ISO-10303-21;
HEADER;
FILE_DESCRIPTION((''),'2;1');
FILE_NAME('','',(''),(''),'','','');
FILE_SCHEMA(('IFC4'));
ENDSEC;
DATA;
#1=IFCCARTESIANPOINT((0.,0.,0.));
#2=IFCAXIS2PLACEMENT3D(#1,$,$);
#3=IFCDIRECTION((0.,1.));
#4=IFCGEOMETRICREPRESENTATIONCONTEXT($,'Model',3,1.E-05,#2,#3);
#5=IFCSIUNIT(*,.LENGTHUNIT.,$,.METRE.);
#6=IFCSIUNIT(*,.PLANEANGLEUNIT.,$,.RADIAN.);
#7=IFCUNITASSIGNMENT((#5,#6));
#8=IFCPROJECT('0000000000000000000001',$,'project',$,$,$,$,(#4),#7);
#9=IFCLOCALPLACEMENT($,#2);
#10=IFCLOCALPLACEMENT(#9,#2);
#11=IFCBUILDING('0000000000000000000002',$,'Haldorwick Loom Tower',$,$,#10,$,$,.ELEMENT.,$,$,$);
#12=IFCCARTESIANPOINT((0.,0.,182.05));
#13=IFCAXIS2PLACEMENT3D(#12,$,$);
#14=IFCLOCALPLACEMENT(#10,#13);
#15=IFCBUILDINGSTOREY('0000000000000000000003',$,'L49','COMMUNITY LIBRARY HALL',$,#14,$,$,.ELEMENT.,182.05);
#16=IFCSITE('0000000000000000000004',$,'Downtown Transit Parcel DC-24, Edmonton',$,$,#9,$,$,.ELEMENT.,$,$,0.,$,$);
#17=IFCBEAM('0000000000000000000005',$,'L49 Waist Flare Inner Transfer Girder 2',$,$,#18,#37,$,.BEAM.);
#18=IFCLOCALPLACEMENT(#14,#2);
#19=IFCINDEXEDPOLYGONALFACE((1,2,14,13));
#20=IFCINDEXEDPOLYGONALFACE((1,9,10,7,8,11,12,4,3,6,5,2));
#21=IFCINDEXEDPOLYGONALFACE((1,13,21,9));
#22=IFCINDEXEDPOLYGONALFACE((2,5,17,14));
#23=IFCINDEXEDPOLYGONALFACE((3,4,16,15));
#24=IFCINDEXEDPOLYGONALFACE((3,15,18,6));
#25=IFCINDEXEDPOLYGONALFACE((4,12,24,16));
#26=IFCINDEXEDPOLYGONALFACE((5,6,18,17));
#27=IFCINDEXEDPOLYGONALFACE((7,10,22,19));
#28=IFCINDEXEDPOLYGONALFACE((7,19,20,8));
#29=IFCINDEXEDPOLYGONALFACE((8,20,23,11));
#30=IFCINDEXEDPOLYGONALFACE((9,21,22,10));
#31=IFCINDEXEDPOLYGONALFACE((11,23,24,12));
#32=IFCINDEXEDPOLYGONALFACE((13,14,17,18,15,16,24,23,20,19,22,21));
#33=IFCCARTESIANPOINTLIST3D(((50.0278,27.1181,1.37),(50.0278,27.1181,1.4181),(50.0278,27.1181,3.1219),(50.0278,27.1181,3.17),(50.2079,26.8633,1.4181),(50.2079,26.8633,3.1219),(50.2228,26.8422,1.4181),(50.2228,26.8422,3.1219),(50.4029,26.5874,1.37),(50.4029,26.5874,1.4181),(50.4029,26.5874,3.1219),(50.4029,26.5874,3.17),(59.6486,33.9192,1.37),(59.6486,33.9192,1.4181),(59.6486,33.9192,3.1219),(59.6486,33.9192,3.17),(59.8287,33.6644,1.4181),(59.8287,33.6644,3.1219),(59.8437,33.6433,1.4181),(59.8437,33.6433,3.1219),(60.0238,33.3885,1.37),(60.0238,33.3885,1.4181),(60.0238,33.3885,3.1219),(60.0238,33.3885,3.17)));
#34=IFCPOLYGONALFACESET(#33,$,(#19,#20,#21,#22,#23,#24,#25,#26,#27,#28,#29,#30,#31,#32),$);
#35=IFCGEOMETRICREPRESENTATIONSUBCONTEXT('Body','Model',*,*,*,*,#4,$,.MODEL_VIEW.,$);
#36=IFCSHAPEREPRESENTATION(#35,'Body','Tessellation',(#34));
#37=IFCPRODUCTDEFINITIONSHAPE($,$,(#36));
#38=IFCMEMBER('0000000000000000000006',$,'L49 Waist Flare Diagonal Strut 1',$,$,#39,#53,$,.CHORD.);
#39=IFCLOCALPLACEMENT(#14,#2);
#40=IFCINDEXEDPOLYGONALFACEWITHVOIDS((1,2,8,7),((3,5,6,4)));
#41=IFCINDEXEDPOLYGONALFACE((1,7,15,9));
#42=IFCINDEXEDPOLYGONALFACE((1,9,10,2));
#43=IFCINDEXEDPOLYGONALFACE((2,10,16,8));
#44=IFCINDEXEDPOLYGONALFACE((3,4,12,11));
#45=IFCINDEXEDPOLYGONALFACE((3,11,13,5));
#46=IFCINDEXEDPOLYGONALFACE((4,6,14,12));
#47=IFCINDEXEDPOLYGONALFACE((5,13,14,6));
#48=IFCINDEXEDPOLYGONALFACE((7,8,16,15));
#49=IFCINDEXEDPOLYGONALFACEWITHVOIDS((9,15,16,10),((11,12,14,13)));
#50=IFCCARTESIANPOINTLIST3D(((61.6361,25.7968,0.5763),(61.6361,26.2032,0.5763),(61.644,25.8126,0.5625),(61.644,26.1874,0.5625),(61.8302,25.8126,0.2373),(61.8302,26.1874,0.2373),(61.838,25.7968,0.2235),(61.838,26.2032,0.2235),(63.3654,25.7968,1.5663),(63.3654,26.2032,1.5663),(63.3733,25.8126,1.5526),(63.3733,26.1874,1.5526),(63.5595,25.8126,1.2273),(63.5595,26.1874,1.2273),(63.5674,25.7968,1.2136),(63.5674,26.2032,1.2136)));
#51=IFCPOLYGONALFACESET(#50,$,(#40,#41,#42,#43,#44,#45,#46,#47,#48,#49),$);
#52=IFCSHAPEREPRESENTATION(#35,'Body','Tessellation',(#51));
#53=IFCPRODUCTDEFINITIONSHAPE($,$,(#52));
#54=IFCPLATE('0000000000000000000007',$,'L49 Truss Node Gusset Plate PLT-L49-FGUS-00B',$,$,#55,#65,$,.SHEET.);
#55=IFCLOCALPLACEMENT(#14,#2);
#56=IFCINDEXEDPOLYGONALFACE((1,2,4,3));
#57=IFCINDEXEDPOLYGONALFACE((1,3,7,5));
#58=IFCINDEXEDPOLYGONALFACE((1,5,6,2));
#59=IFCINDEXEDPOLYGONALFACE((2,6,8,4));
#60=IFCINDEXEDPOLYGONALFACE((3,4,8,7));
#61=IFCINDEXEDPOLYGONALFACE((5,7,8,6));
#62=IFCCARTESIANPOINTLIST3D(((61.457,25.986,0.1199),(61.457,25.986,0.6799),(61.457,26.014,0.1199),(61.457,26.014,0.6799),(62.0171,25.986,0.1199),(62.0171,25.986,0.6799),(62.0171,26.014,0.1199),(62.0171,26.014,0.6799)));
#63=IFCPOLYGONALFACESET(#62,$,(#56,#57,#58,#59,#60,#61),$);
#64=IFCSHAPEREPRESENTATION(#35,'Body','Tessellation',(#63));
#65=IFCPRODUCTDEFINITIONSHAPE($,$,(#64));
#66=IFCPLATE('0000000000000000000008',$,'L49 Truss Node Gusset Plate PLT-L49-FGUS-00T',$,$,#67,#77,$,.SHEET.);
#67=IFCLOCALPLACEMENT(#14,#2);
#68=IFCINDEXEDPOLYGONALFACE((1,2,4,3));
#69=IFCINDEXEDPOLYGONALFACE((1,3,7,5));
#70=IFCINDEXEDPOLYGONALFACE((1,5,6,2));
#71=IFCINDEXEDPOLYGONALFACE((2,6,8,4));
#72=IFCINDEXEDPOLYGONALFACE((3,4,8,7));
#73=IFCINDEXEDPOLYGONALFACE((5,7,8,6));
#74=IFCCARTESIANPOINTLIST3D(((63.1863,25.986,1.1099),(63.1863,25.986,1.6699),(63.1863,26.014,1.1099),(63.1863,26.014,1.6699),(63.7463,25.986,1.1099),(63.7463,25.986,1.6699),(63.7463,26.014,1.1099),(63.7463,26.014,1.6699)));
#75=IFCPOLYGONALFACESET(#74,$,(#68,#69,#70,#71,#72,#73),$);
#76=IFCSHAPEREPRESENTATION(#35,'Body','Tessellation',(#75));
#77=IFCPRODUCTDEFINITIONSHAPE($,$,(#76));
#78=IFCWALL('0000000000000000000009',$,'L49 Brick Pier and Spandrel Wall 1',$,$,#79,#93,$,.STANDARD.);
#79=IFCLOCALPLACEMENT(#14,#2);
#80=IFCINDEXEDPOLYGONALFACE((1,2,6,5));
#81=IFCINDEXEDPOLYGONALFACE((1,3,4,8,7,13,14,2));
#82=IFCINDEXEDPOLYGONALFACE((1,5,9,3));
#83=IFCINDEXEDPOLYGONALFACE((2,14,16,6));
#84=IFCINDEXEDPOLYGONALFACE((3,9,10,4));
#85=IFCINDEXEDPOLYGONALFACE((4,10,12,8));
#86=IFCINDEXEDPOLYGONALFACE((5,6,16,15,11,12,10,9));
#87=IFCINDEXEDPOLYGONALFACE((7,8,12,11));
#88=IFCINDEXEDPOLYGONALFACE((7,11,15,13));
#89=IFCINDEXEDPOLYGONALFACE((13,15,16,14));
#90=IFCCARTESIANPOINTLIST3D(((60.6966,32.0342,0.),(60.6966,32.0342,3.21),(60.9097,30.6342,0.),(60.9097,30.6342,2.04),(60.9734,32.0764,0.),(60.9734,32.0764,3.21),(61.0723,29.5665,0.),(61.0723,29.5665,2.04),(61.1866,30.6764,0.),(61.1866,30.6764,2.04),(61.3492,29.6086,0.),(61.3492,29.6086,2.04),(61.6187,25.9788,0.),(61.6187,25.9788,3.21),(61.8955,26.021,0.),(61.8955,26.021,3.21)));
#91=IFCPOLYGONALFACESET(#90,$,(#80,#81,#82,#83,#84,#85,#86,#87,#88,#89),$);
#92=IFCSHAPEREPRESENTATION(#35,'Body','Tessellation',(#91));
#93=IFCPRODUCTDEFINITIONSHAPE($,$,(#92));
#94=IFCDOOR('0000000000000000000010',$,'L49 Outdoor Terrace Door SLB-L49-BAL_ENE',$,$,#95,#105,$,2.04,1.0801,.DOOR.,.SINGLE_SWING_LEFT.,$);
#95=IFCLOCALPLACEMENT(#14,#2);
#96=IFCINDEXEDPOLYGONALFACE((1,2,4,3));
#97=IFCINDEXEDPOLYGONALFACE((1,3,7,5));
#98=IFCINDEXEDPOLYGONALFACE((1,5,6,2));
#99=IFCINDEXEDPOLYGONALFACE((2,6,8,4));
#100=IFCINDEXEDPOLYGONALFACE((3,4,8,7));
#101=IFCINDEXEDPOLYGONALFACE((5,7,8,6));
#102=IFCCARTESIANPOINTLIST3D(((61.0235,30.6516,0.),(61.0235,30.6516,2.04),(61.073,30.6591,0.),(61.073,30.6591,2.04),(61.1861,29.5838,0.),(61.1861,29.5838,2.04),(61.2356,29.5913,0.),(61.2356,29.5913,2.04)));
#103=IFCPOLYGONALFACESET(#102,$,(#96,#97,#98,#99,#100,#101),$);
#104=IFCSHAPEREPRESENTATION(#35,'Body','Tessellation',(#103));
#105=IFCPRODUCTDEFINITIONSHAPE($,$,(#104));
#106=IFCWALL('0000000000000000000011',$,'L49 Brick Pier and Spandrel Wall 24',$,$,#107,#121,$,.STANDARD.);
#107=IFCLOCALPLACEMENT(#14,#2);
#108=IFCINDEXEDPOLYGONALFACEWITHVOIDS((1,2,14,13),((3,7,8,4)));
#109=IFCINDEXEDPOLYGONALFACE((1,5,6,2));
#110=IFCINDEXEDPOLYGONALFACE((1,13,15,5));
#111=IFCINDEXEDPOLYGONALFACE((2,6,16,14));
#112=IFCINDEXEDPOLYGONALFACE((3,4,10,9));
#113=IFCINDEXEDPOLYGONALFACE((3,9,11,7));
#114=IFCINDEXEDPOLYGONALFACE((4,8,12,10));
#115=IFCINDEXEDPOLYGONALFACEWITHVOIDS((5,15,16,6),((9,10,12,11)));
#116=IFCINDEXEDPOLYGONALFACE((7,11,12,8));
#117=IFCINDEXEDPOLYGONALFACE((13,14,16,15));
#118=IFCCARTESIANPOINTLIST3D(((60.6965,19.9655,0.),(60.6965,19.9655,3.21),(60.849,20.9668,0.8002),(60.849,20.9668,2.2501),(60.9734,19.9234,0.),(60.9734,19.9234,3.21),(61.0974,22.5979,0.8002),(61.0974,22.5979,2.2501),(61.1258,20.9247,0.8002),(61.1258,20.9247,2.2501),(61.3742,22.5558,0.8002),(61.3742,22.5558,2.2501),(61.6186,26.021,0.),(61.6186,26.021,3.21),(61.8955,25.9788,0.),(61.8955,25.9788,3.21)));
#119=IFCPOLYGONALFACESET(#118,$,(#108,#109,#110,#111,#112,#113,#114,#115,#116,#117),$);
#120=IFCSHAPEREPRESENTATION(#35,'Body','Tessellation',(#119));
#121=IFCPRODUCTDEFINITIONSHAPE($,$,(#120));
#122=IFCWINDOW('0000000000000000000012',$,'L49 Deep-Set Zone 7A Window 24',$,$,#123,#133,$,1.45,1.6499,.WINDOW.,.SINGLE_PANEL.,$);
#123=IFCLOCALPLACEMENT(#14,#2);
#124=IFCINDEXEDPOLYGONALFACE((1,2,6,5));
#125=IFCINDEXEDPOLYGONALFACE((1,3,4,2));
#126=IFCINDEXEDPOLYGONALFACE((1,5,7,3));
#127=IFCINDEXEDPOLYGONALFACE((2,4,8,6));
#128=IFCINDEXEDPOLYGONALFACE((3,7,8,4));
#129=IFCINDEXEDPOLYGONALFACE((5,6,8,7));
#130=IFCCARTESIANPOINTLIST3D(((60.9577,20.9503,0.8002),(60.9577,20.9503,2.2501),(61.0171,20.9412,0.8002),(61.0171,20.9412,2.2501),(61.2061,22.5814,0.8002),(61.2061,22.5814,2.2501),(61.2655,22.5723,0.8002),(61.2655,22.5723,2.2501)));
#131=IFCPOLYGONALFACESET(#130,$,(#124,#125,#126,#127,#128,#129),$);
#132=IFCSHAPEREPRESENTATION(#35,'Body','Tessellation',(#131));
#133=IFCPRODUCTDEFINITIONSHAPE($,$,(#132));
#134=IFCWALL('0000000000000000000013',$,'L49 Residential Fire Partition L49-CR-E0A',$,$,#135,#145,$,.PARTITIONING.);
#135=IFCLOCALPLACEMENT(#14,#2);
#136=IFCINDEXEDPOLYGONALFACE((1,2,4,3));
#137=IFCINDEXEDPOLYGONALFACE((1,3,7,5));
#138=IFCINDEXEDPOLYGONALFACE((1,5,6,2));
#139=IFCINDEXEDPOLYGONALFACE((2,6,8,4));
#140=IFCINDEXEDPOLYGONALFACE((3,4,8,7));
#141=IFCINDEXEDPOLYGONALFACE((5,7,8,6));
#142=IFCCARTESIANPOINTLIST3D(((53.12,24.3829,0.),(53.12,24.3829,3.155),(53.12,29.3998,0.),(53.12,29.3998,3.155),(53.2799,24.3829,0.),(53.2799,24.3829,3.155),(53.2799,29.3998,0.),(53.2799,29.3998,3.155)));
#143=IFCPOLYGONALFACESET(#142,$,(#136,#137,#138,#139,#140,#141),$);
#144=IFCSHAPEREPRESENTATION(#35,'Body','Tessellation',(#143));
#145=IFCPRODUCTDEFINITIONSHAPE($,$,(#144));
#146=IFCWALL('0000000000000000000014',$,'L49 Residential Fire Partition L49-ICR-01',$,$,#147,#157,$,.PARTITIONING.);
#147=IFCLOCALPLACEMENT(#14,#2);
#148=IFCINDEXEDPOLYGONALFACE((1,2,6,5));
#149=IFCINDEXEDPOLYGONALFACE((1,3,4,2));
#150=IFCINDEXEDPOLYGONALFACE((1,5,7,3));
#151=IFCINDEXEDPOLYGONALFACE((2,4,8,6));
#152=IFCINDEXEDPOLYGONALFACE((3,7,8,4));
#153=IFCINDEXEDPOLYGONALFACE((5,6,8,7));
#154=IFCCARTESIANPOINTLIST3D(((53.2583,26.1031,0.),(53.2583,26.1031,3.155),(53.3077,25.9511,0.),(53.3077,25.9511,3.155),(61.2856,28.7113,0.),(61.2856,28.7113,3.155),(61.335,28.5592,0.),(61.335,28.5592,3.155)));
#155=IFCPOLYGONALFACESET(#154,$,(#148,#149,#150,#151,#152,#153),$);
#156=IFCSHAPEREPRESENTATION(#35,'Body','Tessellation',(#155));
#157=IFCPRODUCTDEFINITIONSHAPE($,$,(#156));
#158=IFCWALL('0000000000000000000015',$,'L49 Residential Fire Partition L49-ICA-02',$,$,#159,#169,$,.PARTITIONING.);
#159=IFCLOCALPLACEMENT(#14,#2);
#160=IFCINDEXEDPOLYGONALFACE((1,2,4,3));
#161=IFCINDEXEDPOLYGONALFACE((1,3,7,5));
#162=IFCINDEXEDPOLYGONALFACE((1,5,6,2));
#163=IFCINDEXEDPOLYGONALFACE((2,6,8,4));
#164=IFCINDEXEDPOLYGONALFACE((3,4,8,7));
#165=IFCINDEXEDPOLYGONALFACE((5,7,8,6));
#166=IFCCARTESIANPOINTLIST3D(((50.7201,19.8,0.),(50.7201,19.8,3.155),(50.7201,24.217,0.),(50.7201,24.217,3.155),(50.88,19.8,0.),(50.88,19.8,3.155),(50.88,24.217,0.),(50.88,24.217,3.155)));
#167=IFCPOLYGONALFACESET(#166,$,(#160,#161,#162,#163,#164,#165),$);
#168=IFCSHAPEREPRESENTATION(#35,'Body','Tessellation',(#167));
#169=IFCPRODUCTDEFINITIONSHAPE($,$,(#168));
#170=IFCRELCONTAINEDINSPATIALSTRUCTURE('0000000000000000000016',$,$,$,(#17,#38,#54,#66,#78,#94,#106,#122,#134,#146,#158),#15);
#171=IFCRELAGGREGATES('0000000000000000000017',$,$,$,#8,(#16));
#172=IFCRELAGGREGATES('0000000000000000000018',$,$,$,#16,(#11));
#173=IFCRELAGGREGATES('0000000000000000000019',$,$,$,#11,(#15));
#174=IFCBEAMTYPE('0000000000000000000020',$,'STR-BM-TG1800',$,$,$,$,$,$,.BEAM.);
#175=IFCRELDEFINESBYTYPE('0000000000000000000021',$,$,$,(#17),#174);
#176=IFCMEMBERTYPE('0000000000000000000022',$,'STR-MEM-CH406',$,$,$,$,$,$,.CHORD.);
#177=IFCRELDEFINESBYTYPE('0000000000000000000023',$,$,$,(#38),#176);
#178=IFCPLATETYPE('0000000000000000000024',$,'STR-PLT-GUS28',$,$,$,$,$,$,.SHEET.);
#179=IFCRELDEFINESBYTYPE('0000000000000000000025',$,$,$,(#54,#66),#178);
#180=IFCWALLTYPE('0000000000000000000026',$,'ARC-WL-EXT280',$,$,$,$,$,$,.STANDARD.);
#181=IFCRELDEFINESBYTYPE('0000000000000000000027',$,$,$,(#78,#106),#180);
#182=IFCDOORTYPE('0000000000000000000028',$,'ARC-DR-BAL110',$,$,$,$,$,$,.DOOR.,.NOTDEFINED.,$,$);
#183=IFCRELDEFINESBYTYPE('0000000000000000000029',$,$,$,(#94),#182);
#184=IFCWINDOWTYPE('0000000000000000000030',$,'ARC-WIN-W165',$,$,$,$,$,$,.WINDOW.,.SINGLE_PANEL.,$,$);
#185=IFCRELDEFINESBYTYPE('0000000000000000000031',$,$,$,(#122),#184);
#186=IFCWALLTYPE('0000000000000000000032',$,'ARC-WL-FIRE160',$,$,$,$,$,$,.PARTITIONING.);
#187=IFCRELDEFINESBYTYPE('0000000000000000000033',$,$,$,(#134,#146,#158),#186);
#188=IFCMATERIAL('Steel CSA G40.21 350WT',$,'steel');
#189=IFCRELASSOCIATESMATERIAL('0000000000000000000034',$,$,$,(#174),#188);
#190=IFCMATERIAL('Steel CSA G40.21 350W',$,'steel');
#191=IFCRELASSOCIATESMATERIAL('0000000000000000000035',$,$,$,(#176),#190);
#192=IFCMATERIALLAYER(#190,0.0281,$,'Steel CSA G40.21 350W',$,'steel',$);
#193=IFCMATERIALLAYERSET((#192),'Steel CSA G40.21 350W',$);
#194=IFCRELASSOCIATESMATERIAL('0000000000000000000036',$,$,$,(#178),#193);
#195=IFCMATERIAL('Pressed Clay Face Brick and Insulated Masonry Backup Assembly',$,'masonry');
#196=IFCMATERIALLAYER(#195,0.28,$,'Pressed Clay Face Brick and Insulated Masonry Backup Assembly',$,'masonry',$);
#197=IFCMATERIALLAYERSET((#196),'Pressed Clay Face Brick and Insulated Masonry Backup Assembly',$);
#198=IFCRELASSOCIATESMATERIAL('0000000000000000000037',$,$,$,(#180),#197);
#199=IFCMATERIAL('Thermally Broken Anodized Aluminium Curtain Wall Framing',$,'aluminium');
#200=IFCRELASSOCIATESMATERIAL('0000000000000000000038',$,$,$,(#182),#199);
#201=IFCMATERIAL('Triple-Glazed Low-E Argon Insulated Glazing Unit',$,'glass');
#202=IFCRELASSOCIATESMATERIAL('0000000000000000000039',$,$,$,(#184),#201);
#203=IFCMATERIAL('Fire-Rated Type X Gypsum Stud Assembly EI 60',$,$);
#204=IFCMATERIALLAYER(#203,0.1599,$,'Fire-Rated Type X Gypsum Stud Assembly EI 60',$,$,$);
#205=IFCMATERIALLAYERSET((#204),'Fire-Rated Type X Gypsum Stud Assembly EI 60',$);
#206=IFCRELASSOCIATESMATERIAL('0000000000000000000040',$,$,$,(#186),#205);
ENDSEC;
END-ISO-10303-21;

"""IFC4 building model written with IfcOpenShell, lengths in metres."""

from ifc_helpers import new_model, si_unit, direction, frame, frame_2d, origin, origin_2d, place, context, subcontext, project, spatial, rectangle, hollow_rectangle, i_section, extrude, material, layer, layer_set, material_profile, profile_set, type_object, element, fill, save


model = new_model("IFC4")

# Units and contexts
model_context = context("Model", 3, precision=1e-05, world=origin(), true_north=direction((0.0, 1.0)))
body_context = subcontext(model_context, "Body", "Model", "MODEL_VIEW")
ifc_project = project(units=[si_unit("LENGTHUNIT", "METRE"), si_unit("PLANEANGLEUNIT", "RADIAN")], contexts=[model_context])

# Site, building, storey
site_placement = place(None, origin())
site = spatial("IfcSite", under=ifc_project, at=site_placement, Name="Downtown Transit Parcel DC-24, Edmonton", CompositionType="ELEMENT", RefElevation=0.0)
building_placement = place(site_placement, origin())
building = spatial("IfcBuilding", under=site, at=building_placement, Name="Haldorwick Loom Tower", CompositionType="ELEMENT")
storey_placement = place(building_placement, frame((0.0, 0.0, 182.05)))
storey = spatial("IfcBuildingStorey", under=building, at=storey_placement, Name="L49", Description="COMMUNITY LIBRARY HALL", CompositionType="ELEMENT", Elevation=182.05)

# Shared definitions
ifc_material_1 = material(Name="Steel CSA G40.21 350W", Category="steel")

# Beam
ifc_material_2 = material(Name="Steel CSA G40.21 350WT", Category="steel")
ifc_material_profile_1 = material_profile(ifc_material_2, i_section(OverallWidth=0.6499, OverallDepth=1.8, WebThickness=0.0259, FlangeThickness=0.0481, at=origin_2d()), Name="WWF1800X650", Category="steel")
ifc_profile_set_1 = profile_set([ifc_material_profile_1], Name="Steel CSA G40.21 350WT")
beam_type_1 = type_object("IfcBeamType", Name="STR-BM-TG1800", PredefinedType="BEAM", material=ifc_profile_set_1)
beam_1_placement = place(storey_placement, frame((50.2153, 26.8528, 2.27), z_axis=(0.816574, 0.57724, 0.0), x_axis=(-0.57724, 0.816574, 0.0)))
element("IfcBeam", 1, at=beam_1_placement, inside=storey, type_object=beam_type_1, Name="L49 Waist Flare Inner Transfer Girder 2", PredefinedType="BEAM", context=body_context, shape_type="SweptSolid", body=[
    extrude(i_section(OverallWidth=0.6499, OverallDepth=1.8, WebThickness=0.0259, FlangeThickness=0.0481, at=origin_2d()), origin(), (0.0, 0.0, 1.0), 11.782),
])

# Member
ifc_material_profile_2 = material_profile(ifc_material_1, hollow_rectangle(XDim=0.4065, YDim=0.4065, WallThickness=0.0159, at=origin_2d()), Name="HSS406X406X16", Category="steel")
ifc_profile_set_2 = profile_set([ifc_material_profile_2], Name="Steel CSA G40.21 350W")
member_type = type_object("IfcMemberType", Name="STR-MEM-CH406", PredefinedType="CHORD", material=ifc_profile_set_2)
member_placement = place(storey_placement, frame((61.7371, 26.0, 0.3999), z_axis=(0.867843, 0.0, 0.496838), x_axis=(0.0, 1.0, 0.0)))
element("IfcMember", 2, at=member_placement, inside=storey, type_object=member_type, Name="L49 Waist Flare Diagonal Strut 1", PredefinedType="CHORD", context=body_context, shape_type="SweptSolid", body=[
    extrude(hollow_rectangle(XDim=0.4065, YDim=0.4065, WallThickness=0.0159, at=origin_2d()), origin(), (0.0, 0.0, 1.0), 1.9927),
])

# Plates
ifc_layer_1 = layer(ifc_material_1, 0.0281, Name="Steel CSA G40.21 350W", Category="steel")
ifc_layer_set_1 = layer_set([ifc_layer_1], Name="Steel CSA G40.21 350W")
plate_type = type_object("IfcPlateType", Name="STR-PLT-GUS28", PredefinedType="SHEET", material=ifc_layer_set_1)
for number, where, z_axis, x_axis, name in (
    (3, (61.7371, 26.0, 0.1199), (0.0, 0.0, 1.0), (1.0, 0.0, 0.0), "L49 Truss Node Gusset Plate PLT-L49-FGUS-00B"),
    (4, (63.4663, 26.0, 1.1099), (0.0, 0.0, 1.0), (1.0, 0.0, 0.0), "L49 Truss Node Gusset Plate PLT-L49-FGUS-00T"),
):
    element("IfcPlate", number, at=place(storey_placement, frame(where, z_axis=z_axis, x_axis=x_axis)), inside=storey, type_object=plate_type, Name=name, PredefinedType="SHEET", context=body_context, shape_type="SweptSolid", body=[
        extrude(rectangle(XDim=0.5601, YDim=0.0281, at=origin_2d()), origin(), (0.0, 0.0, 1.0), 0.5601),
    ])

# Wall, opening, door
ifc_material_3 = material(Name="Pressed Clay Face Brick and Insulated Masonry Backup Assembly", Category="masonry")
ifc_layer_2 = layer(ifc_material_3, 0.28, Name="Pressed Clay Face Brick and Insulated Masonry Backup Assembly", Category="masonry")
ifc_layer_set_2 = layer_set([ifc_layer_2], Name="Pressed Clay Face Brick and Insulated Masonry Backup Assembly")
wall_type_1 = type_object("IfcWallType", Name="ARC-WL-EXT280", PredefinedType="STANDARD", material=ifc_layer_set_2)
wall_1_placement = place(storey_placement, frame((61.7571, 26.0, 0.0), z_axis=(0.0, 0.0, 1.0), x_axis=(-0.150544, 0.988603, 0.0)))
wall_1 = element("IfcWall", 5, at=wall_1_placement, inside=storey, type_object=wall_type_1, Name="L49 Brick Pier and Spandrel Wall 1", PredefinedType="STANDARD", context=body_context, shape_type="SweptSolid", body=[
    extrude(rectangle(XDim=6.1252, YDim=0.28, at=frame_2d((3.0625, 0.0))), origin(), (0.0, 0.0, 1.0), 3.21),
])
opening_1_placement = place(wall_1_placement, frame((3.6289, 0.0, 0.0)))
opening_1 = element("IfcOpeningElement", 6, at=opening_1_placement, cuts=wall_1, PredefinedType="OPENING", context=body_context, shape_type="SweptSolid", body=[
    extrude(rectangle(XDim=1.0801, YDim=2.04, at=frame_2d((0.54, 1.02))), frame((0.0, 0.1499, 0.0), z_axis=(0.0, -1.0, 0.0), x_axis=(1.0, 0.0, 0.0)), (0.0, 0.0, 1.0), 0.3),
])
ifc_material_4 = material(Name="Thermally Broken Anodized Aluminium Curtain Wall Framing", Category="aluminium")
door_type = type_object("IfcDoorType", Name="ARC-DR-BAL110", OperationType="NOTDEFINED", PredefinedType="DOOR", material=ifc_material_4)
door_placement = place(opening_1_placement, origin())
door = element("IfcDoor", 7, at=door_placement, inside=storey, type_object=door_type, Name="L49 Outdoor Terrace Door SLB-L49-BAL_ENE", OperationType="SINGLE_SWING_LEFT", OverallHeight=2.04, OverallWidth=1.0801, PredefinedType="DOOR", context=body_context, shape_type="SweptSolid", body=[
    extrude(rectangle(XDim=1.0801, YDim=2.04, at=frame_2d((0.54, 1.02))), frame((0.0, 0.0249, 0.0), z_axis=(0.0, -1.0, 0.0), x_axis=(1.0, 0.0, 0.0)), (0.0, 0.0, 1.0), 0.05),
])
fill(opening_1, door)

# Wall, opening, window
wall_2_placement = place(storey_placement, frame((60.835, 19.9446, 0.0), z_axis=(0.0, 0.0, 1.0), x_axis=(0.150544, 0.988603, 0.0)))
wall_2 = element("IfcWall", 8, at=wall_2_placement, inside=storey, type_object=wall_type_1, Name="L49 Brick Pier and Spandrel Wall 24", PredefinedType="STANDARD", context=body_context, shape_type="SweptSolid", body=[
    extrude(rectangle(XDim=6.1252, YDim=0.28, at=frame_2d((3.0625, 0.0))), origin(), (0.0, 0.0, 1.0), 3.21),
])
opening_2_placement = place(wall_2_placement, frame((1.0127, 0.0, 0.8)))
opening_2 = element("IfcOpeningElement", 9, at=opening_2_placement, cuts=wall_2, PredefinedType="OPENING", context=body_context, shape_type="SweptSolid", body=[
    extrude(rectangle(XDim=1.6499, YDim=1.45, at=frame_2d((0.825, 0.7251))), frame((0.0, 0.1499, 0.0), z_axis=(0.0, -1.0, 0.0), x_axis=(1.0, 0.0, 0.0)), (0.0, 0.0, 1.0), 0.3),
])
ifc_material_5 = material(Name="Triple-Glazed Low-E Argon Insulated Glazing Unit", Category="glass")
window_type = type_object("IfcWindowType", Name="ARC-WIN-W165", PartitioningType="SINGLE_PANEL", PredefinedType="WINDOW", material=ifc_material_5)
window_placement = place(opening_2_placement, origin())
window = element("IfcWindow", 10, at=window_placement, inside=storey, type_object=window_type, Name="L49 Deep-Set Zone 7A Window 24", OverallHeight=1.45, OverallWidth=1.6499, PartitioningType="SINGLE_PANEL", PredefinedType="WINDOW", context=body_context, shape_type="SweptSolid", body=[
    extrude(rectangle(XDim=1.6499, YDim=1.45, at=frame_2d((0.825, 0.7251))), frame((0.0, 0.03, 0.0), z_axis=(0.0, -1.0, 0.0), x_axis=(1.0, 0.0, 0.0)), (0.0, 0.0, 1.0), 0.0601),
])
fill(opening_2, window)

# Walls
ifc_material_6 = material(Name="Fire-Rated Type X Gypsum Stud Assembly EI 60")
ifc_layer_3 = layer(ifc_material_6, 0.1599, Name="Fire-Rated Type X Gypsum Stud Assembly EI 60")
ifc_layer_set_3 = layer_set([ifc_layer_3], Name="Fire-Rated Type X Gypsum Stud Assembly EI 60")
wall_type_2 = type_object("IfcWallType", Name="ARC-WL-FIRE160", PredefinedType="PARTITIONING", material=ifc_layer_set_3)
wall_3_placement = place(storey_placement, frame((53.2, 24.3831, 0.0), z_axis=(0.0, 0.0, 1.0), x_axis=(0.0, 1.0, 0.0)))
element("IfcWall", 11, at=wall_3_placement, inside=storey, type_object=wall_type_2, Name="L49 Residential Fire Partition L49-CR-E0A", PredefinedType="PARTITIONING", context=body_context, shape_type="SweptSolid", body=[
    extrude(rectangle(XDim=5.0168, YDim=0.1599, at=frame_2d((2.5083, 0.0))), origin(), (0.0, 0.0, 1.0), 3.155),
])
wall_4_placement = place(storey_placement, frame((53.283, 26.0271, 0.0), z_axis=(0.0, 0.0, 1.0), x_axis=(0.95106, 0.309008, 0.0)))
element("IfcWall", 12, at=wall_4_placement, inside=storey, type_object=wall_type_2, Name="L49 Residential Fire Partition L49-ICR-01", PredefinedType="PARTITIONING", context=body_context, shape_type="SweptSolid", body=[
    extrude(rectangle(XDim=8.4404, YDim=0.1599, at=frame_2d((4.2202, 0.0))), origin(), (0.0, 0.0, 1.0), 3.155),
])
wall_5_placement = place(storey_placement, frame((50.8, 24.217, 0.0), z_axis=(0.0, 0.0, 1.0), x_axis=(0.0, -1.0, 0.0)))
element("IfcWall", 13, at=wall_5_placement, inside=storey, type_object=wall_type_2, Name="L49 Residential Fire Partition L49-ICA-02", PredefinedType="PARTITIONING", context=body_context, shape_type="SweptSolid", body=[
    extrude(rectangle(XDim=4.417, YDim=0.1599, at=frame_2d((2.2085, 0.0))), origin(), (0.0, 0.0, 1.0), 3.155),
])

save(model, "model.ifc")
